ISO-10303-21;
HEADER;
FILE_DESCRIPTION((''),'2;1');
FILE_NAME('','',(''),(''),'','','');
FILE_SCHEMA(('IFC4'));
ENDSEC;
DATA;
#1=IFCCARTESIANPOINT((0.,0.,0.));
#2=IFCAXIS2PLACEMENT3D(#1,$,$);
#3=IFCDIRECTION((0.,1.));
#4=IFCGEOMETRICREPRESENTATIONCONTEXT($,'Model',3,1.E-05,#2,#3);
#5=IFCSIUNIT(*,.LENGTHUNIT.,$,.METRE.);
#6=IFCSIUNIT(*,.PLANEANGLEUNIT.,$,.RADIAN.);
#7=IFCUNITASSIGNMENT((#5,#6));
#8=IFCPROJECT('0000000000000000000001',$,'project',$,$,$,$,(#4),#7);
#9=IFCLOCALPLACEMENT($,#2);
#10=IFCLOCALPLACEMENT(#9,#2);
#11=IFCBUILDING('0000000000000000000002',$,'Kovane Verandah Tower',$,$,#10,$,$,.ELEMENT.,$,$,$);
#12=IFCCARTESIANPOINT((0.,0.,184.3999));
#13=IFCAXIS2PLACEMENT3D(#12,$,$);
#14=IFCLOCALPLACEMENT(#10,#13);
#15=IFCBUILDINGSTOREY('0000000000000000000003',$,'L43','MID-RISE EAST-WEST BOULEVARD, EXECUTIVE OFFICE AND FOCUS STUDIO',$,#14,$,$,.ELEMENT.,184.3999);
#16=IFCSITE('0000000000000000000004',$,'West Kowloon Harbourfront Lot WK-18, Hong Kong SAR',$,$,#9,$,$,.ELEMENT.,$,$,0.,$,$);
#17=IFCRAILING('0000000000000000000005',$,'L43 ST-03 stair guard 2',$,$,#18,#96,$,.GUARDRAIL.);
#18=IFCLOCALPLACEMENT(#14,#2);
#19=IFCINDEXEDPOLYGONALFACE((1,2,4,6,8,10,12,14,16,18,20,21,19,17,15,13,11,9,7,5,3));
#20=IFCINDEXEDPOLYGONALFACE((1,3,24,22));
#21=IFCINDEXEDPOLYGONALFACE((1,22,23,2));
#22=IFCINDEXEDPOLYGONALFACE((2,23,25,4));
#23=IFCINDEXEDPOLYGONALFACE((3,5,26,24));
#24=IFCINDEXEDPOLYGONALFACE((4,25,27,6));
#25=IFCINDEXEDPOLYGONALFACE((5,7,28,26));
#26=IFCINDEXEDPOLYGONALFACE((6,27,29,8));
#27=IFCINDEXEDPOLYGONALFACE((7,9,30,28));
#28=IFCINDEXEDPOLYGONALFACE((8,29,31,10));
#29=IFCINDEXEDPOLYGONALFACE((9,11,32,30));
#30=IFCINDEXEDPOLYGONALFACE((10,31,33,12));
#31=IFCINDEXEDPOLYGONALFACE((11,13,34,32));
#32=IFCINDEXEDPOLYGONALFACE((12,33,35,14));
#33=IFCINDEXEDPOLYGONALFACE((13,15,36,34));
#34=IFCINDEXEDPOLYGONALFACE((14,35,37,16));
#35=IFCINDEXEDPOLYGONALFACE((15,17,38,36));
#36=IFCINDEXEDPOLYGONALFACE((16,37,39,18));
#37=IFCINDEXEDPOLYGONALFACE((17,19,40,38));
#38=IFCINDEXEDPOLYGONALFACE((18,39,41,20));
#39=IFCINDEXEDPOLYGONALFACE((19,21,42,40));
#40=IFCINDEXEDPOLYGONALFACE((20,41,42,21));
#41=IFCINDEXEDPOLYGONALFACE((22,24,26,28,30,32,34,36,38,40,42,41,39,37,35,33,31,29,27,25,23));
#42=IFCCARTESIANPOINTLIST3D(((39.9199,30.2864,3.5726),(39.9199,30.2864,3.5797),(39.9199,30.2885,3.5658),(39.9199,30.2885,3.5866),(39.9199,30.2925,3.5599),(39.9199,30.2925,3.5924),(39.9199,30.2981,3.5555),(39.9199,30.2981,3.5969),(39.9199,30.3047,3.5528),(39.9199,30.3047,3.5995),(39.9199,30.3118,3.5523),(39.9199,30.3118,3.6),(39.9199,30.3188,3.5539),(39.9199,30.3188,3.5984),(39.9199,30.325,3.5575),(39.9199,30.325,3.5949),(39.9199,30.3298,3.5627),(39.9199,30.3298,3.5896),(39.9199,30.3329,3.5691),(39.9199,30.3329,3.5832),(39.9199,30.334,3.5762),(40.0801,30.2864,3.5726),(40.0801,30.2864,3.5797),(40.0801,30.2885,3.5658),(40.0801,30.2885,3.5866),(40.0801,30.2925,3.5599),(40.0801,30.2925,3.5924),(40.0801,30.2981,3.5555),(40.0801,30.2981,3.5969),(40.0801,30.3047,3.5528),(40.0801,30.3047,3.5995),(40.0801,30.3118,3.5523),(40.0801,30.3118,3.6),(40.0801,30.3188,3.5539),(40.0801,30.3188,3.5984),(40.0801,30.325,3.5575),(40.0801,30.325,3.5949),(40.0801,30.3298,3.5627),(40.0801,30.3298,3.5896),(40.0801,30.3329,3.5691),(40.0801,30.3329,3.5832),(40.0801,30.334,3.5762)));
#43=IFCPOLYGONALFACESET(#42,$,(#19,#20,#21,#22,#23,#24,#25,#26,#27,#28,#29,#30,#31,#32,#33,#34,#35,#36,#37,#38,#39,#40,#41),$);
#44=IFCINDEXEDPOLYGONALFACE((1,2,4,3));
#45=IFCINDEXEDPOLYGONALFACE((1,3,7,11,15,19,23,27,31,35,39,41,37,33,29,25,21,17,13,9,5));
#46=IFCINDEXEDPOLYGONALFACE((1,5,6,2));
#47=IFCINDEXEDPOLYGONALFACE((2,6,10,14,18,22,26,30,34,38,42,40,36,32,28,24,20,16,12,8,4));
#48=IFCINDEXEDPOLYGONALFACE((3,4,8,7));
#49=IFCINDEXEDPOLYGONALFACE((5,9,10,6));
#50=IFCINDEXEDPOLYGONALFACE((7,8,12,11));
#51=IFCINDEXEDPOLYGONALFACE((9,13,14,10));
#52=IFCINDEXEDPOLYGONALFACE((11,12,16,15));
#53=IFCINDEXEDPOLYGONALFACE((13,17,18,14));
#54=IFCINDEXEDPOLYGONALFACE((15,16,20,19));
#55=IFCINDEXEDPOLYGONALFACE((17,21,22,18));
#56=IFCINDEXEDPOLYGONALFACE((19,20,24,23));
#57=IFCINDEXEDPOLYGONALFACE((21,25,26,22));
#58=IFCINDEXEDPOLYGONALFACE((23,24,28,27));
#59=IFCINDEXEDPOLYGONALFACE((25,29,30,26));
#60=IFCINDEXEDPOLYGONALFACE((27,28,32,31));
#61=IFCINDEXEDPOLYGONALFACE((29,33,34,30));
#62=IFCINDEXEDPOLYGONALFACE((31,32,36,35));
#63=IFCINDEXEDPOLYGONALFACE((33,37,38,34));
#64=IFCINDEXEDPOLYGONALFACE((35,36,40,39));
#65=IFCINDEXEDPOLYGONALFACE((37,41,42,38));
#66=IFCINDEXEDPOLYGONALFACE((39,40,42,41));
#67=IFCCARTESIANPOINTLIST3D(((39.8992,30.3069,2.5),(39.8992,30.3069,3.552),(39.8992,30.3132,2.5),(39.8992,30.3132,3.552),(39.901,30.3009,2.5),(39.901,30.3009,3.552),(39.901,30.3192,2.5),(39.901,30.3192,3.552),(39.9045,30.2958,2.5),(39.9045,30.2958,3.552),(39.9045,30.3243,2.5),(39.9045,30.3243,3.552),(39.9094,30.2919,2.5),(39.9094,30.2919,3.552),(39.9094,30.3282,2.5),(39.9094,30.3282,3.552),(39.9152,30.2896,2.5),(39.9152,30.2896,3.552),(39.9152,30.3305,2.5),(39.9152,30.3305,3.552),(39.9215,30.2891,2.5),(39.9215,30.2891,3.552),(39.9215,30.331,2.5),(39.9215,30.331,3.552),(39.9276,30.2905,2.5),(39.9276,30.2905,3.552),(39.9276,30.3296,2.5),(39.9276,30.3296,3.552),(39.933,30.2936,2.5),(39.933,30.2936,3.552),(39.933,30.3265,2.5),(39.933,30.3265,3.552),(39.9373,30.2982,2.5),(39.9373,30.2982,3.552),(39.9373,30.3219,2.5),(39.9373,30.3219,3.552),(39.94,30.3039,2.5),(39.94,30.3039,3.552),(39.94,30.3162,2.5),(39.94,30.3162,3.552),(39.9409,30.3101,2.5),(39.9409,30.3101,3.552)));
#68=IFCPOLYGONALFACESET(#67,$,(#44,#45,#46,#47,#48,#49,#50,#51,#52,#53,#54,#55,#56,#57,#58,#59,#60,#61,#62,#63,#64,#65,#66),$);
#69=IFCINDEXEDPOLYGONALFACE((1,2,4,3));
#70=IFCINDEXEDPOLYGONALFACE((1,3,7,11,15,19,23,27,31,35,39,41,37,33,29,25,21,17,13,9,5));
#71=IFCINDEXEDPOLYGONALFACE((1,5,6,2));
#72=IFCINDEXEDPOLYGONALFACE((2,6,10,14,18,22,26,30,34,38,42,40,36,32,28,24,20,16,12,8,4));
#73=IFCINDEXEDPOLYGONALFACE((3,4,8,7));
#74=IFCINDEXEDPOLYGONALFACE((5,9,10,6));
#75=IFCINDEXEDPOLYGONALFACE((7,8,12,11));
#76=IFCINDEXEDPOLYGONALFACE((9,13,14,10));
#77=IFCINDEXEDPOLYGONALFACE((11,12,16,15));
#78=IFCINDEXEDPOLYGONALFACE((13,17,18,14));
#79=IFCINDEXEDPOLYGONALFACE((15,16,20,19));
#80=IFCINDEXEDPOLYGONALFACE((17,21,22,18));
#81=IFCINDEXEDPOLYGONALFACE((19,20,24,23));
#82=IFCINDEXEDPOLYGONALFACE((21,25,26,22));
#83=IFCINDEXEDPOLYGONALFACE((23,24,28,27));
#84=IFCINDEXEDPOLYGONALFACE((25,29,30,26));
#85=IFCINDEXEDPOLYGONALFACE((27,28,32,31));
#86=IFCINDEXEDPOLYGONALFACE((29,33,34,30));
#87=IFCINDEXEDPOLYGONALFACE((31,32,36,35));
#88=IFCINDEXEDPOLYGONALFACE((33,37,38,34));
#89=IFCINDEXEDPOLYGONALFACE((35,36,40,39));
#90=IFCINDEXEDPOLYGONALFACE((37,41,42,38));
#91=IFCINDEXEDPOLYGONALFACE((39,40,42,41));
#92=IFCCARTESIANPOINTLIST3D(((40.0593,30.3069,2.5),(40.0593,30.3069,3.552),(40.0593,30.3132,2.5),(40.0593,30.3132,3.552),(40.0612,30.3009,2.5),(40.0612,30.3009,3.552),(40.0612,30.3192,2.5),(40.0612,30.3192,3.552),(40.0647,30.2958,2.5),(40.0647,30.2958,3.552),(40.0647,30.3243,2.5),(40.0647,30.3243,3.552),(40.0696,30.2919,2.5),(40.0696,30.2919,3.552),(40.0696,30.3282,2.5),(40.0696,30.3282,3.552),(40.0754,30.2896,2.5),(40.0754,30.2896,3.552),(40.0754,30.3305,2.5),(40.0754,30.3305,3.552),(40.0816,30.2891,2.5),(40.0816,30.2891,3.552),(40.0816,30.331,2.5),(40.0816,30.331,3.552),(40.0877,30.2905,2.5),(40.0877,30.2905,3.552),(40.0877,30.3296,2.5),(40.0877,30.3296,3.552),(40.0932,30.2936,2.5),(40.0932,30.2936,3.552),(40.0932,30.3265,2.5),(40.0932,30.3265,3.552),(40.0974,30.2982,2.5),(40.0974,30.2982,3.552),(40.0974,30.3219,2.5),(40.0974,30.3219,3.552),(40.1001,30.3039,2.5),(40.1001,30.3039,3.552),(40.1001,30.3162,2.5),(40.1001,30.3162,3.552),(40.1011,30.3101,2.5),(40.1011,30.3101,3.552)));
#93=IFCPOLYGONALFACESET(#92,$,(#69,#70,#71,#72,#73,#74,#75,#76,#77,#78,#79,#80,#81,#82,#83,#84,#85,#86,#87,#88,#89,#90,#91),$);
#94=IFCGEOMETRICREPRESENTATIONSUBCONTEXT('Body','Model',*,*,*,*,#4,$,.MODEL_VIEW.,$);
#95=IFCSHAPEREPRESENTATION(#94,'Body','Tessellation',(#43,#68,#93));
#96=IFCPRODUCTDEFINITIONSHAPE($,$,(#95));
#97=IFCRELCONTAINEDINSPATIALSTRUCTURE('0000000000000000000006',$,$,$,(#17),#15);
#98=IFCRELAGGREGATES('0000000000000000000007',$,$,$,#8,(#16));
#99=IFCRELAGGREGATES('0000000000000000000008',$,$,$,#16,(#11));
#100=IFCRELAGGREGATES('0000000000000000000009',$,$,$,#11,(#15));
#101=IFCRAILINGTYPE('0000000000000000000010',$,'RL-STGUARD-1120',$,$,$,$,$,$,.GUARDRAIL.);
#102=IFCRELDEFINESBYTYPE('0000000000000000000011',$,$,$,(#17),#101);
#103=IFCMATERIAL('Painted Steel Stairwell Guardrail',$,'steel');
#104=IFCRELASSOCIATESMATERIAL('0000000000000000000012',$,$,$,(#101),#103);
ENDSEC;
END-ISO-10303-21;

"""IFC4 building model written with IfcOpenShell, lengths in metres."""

from ifc_helpers import new_model, si_unit, direction, frame, origin, origin_2d, place, context, subcontext, project, spatial, circle, extrude, material, type_object, element, save


model = new_model("IFC4")

# Units and contexts
model_context = context("Model", 3, precision=1e-05, world=origin(), true_north=direction((0.0, 1.0)))
body_context = subcontext(model_context, "Body", "Model", "MODEL_VIEW")
ifc_project = project(units=[si_unit("LENGTHUNIT", "METRE"), si_unit("PLANEANGLEUNIT", "RADIAN")], contexts=[model_context])

# Site, building, storey
site_placement = place(None, origin())
site = spatial("IfcSite", under=ifc_project, at=site_placement, Name="West Kowloon Harbourfront Lot WK-18, Hong Kong SAR", CompositionType="ELEMENT", RefElevation=0.0)
building_placement = place(site_placement, origin())
building = spatial("IfcBuilding", under=site, at=building_placement, Name="Kovane Verandah Tower", CompositionType="ELEMENT")
storey_placement = place(building_placement, frame((0.0, 0.0, 184.3999)))
storey = spatial("IfcBuildingStorey", under=building, at=storey_placement, Name="L43", Description="MID-RISE EAST-WEST BOULEVARD, EXECUTIVE OFFICE AND FOCUS STUDIO", CompositionType="ELEMENT", Elevation=184.3999)

# Railing
ifc_material_1 = material(Name="Painted Steel Stairwell Guardrail", Category="steel")
railing_type_1 = type_object("IfcRailingType", Name="RL-STGUARD-1120", PredefinedType="GUARDRAIL", material=ifc_material_1)
railing_1_placement = place(storey_placement, frame((39.9199, 30.3101, 2.5)))
element("IfcRailing", 1, at=railing_1_placement, inside=storey, type_object=railing_type_1, Name="L43 ST-03 stair guard 2", PredefinedType="GUARDRAIL", context=body_context, shape_type="SweptSolid", body=[
    extrude(circle(Radius=0.0239, at=origin_2d()), frame((0.0, 0.0, 1.0762), z_axis=(1.0, 0.0, 0.0), x_axis=(0.0, 1.0, 0.0)), (0.0, 0.0, 1.0), 0.1602),
    extrude(circle(Radius=0.021, at=origin_2d()), origin(), (0.0, 0.0, 1.0), 1.052),
    extrude(circle(Radius=0.021, at=origin_2d()), frame((0.1602, 0.0, 0.0)), (0.0, 0.0, 1.0), 1.052),
])

save(model, "model.ifc")
